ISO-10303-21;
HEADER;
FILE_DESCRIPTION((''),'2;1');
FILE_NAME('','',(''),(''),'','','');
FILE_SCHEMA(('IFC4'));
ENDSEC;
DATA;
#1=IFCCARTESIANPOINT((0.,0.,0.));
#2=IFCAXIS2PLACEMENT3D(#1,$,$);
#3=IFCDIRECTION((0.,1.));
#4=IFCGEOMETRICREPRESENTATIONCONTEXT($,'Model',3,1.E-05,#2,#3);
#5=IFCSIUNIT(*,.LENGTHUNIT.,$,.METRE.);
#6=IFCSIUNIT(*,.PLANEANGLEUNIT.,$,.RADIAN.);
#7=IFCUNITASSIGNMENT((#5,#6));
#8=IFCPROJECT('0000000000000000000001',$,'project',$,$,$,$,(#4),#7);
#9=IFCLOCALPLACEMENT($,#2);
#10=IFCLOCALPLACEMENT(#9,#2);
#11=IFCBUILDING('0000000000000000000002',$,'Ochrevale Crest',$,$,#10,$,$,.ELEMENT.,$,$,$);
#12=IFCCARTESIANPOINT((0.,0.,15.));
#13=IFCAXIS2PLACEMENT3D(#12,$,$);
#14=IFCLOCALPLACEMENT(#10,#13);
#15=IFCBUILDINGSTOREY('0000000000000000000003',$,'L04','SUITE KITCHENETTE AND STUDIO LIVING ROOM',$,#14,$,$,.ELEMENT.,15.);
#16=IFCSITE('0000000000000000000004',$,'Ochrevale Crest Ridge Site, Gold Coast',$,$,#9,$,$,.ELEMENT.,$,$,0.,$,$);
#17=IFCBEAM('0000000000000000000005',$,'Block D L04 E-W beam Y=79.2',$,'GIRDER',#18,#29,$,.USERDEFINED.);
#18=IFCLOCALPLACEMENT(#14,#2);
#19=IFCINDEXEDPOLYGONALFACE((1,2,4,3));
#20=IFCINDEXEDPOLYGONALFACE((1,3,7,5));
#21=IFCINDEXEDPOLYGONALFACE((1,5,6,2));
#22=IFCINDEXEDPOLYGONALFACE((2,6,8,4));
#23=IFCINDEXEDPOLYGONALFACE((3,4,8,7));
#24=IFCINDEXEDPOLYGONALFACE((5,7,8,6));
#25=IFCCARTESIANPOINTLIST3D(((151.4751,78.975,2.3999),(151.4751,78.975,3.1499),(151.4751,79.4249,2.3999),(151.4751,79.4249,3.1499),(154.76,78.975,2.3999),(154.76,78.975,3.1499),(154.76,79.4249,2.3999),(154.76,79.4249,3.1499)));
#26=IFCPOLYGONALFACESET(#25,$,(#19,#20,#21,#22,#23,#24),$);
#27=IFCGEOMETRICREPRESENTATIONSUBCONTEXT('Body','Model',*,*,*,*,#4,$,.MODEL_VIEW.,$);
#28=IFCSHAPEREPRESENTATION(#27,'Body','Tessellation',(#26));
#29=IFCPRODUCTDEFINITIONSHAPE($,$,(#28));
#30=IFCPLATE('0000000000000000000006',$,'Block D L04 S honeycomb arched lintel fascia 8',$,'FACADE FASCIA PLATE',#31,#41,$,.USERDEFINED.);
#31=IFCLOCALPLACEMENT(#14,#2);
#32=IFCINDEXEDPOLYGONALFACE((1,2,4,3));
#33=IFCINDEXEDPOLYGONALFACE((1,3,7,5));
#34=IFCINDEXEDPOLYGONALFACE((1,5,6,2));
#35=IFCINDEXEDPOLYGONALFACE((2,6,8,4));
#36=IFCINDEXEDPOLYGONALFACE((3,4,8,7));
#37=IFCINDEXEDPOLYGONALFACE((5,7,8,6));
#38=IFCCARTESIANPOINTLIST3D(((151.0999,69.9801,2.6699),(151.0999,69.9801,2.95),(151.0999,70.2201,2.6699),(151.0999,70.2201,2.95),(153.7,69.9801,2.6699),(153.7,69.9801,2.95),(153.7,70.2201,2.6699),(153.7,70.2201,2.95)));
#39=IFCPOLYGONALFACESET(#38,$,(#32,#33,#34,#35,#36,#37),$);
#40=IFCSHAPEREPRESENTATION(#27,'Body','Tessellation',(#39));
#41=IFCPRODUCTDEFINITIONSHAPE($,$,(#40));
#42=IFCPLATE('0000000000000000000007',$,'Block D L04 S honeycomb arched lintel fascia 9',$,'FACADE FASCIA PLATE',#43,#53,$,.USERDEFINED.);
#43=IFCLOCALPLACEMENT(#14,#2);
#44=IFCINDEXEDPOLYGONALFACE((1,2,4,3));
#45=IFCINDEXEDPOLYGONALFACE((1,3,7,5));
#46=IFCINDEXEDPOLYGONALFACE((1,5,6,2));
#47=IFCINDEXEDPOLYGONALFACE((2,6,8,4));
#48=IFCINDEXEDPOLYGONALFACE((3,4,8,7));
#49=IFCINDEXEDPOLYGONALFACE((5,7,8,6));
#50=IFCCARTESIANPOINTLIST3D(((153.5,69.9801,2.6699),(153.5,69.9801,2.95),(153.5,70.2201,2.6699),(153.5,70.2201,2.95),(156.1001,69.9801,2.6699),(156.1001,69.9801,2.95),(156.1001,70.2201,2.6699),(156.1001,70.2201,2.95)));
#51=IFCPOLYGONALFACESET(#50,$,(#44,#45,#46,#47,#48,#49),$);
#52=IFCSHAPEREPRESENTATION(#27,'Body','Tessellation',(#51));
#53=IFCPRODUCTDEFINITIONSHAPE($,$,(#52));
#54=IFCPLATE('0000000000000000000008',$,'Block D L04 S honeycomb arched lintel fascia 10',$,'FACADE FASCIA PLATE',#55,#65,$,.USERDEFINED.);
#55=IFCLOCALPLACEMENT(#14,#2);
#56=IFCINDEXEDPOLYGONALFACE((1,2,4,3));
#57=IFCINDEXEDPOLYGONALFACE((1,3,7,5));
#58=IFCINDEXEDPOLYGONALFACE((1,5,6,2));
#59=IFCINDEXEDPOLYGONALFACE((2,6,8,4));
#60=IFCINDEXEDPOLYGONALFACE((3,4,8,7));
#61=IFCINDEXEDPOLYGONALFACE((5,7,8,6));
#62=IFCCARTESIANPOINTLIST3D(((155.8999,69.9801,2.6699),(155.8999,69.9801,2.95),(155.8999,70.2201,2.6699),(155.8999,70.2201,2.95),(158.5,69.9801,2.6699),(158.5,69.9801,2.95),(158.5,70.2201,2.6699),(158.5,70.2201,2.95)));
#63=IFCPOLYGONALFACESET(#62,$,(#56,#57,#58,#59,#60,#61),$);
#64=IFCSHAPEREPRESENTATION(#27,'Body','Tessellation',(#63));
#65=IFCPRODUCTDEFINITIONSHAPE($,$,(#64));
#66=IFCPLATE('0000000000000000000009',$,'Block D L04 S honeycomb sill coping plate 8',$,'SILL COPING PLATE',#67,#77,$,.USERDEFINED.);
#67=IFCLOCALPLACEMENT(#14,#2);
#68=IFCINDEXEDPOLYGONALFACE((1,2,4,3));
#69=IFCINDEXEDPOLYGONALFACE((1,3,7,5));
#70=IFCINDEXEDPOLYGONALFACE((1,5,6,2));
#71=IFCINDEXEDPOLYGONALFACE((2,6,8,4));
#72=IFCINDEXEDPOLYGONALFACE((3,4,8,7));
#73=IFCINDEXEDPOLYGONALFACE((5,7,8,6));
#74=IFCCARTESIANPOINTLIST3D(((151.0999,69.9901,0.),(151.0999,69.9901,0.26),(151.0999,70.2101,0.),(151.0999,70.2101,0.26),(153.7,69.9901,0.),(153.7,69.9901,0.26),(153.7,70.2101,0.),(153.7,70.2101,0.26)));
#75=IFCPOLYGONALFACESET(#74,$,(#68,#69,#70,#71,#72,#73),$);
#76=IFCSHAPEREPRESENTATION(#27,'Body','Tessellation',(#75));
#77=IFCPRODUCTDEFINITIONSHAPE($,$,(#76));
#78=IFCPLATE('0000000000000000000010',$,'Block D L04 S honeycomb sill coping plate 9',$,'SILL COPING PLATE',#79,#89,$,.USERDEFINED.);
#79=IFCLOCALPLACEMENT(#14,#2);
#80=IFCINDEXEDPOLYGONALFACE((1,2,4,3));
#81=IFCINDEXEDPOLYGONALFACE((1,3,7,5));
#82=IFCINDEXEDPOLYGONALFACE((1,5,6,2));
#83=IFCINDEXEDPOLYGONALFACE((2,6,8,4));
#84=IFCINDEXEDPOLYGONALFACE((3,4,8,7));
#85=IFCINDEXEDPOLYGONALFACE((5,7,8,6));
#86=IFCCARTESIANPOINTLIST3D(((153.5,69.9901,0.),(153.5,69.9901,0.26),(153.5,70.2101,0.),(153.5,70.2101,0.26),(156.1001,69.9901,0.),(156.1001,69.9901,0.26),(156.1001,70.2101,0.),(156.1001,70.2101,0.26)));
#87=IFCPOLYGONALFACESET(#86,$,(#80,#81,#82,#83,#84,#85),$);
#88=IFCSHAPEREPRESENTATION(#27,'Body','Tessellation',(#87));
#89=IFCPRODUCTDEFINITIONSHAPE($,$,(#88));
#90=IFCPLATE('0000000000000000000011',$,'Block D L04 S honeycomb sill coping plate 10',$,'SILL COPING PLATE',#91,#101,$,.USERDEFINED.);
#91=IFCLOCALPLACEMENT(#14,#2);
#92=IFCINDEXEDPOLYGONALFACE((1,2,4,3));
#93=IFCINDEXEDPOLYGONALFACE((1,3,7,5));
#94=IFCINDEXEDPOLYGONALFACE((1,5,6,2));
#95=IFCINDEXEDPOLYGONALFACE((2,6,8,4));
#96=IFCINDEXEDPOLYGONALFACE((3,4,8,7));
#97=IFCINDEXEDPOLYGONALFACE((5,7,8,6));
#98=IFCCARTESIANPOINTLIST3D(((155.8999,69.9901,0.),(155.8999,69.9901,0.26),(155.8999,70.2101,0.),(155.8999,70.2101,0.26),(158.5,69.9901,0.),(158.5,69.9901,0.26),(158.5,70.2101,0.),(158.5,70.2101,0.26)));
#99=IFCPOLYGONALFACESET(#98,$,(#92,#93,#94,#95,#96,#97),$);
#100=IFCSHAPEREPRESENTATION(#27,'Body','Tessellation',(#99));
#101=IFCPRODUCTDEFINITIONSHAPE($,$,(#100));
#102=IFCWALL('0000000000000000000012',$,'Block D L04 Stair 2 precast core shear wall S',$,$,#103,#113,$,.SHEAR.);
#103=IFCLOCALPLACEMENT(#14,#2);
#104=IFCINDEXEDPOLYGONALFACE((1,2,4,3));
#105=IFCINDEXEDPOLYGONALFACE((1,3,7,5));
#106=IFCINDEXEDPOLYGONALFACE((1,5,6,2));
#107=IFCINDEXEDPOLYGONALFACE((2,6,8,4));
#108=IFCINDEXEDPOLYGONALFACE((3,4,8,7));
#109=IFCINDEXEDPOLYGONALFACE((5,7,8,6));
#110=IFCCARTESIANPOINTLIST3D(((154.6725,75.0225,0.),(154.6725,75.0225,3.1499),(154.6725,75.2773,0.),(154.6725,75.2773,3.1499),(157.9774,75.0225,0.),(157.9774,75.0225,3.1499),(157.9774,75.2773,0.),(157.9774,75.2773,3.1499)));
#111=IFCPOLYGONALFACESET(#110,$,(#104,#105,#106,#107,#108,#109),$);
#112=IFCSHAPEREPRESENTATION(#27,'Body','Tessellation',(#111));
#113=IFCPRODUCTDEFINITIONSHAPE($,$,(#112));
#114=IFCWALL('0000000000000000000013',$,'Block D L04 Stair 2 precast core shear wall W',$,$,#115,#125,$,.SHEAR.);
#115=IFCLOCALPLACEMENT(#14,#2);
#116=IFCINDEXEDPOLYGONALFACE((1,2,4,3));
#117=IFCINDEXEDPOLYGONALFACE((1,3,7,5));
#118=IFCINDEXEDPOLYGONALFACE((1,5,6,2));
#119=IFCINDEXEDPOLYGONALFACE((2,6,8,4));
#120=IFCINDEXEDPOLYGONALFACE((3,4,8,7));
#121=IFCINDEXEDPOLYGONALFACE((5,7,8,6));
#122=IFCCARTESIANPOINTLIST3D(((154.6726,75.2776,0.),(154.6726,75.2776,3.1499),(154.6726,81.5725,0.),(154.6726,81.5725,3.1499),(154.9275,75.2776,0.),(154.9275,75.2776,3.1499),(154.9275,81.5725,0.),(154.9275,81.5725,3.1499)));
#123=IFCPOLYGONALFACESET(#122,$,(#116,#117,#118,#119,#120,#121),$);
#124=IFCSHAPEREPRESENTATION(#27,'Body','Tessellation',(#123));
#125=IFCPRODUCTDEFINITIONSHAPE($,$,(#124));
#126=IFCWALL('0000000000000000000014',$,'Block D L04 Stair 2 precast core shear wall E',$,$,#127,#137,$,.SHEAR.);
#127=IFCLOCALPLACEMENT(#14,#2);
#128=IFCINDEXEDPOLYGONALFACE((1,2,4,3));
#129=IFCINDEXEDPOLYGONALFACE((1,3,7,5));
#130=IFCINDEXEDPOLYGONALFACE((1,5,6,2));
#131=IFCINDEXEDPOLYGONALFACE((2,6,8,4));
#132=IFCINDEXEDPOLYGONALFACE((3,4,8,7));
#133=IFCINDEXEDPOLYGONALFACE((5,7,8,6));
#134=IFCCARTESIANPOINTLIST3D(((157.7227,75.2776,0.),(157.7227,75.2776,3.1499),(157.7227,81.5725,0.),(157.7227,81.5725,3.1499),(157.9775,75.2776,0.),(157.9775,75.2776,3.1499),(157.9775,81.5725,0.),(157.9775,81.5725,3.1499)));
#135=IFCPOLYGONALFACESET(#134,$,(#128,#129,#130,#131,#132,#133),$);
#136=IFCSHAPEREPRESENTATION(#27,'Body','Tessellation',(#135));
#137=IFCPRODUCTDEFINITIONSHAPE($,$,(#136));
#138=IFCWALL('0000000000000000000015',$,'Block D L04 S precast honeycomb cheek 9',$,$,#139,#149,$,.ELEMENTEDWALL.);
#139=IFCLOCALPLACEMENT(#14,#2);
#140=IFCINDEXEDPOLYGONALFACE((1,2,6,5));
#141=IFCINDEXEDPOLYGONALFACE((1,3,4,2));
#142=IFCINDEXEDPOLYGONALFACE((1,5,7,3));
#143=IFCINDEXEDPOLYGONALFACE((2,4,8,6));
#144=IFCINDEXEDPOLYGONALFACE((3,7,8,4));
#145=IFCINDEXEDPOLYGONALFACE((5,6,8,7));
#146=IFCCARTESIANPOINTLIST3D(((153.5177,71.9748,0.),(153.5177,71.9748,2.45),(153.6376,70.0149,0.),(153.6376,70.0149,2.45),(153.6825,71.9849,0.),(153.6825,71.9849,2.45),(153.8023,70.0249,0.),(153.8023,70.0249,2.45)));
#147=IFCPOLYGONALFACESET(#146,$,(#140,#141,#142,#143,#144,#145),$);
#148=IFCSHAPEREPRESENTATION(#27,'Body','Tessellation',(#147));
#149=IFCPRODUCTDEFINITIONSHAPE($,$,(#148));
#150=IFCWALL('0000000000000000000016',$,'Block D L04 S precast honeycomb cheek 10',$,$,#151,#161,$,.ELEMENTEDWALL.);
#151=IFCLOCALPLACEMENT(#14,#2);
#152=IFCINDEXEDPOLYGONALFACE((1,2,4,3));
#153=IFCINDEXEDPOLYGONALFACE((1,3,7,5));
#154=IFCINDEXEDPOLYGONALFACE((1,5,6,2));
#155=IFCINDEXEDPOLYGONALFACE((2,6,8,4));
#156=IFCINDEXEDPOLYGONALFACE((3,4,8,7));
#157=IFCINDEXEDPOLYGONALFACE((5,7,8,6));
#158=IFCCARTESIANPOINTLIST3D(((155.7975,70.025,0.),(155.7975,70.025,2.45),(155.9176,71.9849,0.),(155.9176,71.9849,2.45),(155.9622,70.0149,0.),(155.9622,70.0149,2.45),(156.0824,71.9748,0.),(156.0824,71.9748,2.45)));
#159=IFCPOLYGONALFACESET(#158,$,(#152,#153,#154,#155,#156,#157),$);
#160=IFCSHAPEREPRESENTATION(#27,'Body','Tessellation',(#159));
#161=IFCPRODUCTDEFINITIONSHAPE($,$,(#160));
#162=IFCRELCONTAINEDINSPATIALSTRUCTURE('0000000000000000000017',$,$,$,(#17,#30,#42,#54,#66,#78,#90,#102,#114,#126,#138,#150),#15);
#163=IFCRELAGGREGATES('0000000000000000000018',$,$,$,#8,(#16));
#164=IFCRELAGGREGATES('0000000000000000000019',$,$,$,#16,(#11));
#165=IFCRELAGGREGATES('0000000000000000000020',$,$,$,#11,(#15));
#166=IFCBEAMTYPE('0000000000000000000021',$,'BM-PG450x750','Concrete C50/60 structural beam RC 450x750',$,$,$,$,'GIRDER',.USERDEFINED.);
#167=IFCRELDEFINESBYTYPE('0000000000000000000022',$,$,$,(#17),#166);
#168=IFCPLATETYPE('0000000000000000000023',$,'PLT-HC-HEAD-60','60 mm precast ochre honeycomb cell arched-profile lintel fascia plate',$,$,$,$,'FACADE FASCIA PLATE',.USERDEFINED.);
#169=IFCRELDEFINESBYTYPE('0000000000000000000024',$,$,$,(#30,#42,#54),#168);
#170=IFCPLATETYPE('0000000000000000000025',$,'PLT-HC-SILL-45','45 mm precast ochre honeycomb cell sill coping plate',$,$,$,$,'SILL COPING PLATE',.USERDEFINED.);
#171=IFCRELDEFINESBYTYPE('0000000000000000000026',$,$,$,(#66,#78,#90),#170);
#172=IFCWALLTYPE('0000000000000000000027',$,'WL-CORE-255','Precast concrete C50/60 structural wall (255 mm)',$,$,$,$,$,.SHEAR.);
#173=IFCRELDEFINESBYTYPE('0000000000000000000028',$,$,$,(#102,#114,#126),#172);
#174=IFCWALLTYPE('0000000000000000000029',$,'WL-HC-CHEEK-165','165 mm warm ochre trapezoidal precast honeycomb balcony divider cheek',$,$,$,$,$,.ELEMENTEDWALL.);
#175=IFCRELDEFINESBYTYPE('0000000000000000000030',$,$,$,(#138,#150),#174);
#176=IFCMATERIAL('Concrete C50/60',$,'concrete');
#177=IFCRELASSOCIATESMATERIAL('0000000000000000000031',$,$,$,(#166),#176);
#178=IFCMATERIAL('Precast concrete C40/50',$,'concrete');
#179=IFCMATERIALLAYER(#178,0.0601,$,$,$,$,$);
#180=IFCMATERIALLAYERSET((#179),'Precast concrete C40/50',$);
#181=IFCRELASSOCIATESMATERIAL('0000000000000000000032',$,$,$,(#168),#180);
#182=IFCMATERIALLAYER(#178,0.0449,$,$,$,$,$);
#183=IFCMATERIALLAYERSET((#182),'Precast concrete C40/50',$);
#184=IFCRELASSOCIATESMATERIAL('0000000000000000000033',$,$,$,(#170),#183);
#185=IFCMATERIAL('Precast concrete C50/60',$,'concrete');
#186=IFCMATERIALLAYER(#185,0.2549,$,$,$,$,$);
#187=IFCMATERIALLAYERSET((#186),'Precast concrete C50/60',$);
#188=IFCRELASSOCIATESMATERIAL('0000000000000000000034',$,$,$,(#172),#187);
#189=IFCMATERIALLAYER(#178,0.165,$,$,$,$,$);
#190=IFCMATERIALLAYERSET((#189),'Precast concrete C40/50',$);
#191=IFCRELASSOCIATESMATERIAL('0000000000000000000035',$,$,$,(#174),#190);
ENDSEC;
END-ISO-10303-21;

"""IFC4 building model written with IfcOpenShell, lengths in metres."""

from ifc_helpers import new_model, si_unit, direction, frame, frame_2d, origin, origin_2d, place, context, subcontext, project, spatial, rectangle, extrude, material, layer, layer_set, material_profile, profile_set, type_object, element, save


model = new_model("IFC4")

# Units and contexts
model_context = context("Model", 3, precision=1e-05, world=origin(), true_north=direction((0.0, 1.0)))
body_context = subcontext(model_context, "Body", "Model", "MODEL_VIEW")
ifc_project = project(units=[si_unit("LENGTHUNIT", "METRE"), si_unit("PLANEANGLEUNIT", "RADIAN")], contexts=[model_context])

# Site, building, storey
site_placement = place(None, origin())
site = spatial("IfcSite", under=ifc_project, at=site_placement, Name="Ochrevale Crest Ridge Site, Gold Coast", CompositionType="ELEMENT", RefElevation=0.0)
building_placement = place(site_placement, origin())
building = spatial("IfcBuilding", under=site, at=building_placement, Name="Ochrevale Crest", CompositionType="ELEMENT")
storey_placement = place(building_placement, frame((0.0, 0.0, 15.0)))
storey = spatial("IfcBuildingStorey", under=building, at=storey_placement, Name="L04", Description="SUITE KITCHENETTE AND STUDIO LIVING ROOM", CompositionType="ELEMENT", Elevation=15.0)

# Beam
ifc_material_1 = material(Name="Concrete C50/60", Category="concrete")
ifc_material_profile = material_profile(ifc_material_1, rectangle(XDim=0.45, YDim=0.75, at=origin_2d()), Name="RC 450x750")
ifc_profile_set = profile_set([ifc_material_profile], Name="Concrete C50/60")
beam_type = type_object("IfcBeamType", Name="BM-PG450x750", Description="Concrete C50/60 structural beam RC 450x750", ElementType="GIRDER", PredefinedType="USERDEFINED", material=ifc_profile_set)
beam_placement = place(storey_placement, frame((151.4751, 79.2, 2.7749), z_axis=(1.0, 0.0, 0.0), x_axis=(0.0, 1.0, 0.0)))
element("IfcBeam", 1, at=beam_placement, inside=storey, type_object=beam_type, Name="Block D L04 E-W beam Y=79.2", ObjectType="GIRDER", PredefinedType="USERDEFINED", context=body_context, shape_type="SweptSolid", body=[
    extrude(rectangle(XDim=0.45, YDim=0.75, at=origin_2d()), origin(), (0.0, 0.0, 1.0), 3.2849),
])

# Plates
ifc_material_2 = material(Name="Precast concrete C40/50", Category="concrete")
ifc_layer_1 = layer(ifc_material_2, 0.0601)
ifc_layer_set_1 = layer_set([ifc_layer_1], Name="Precast concrete C40/50")
plate_type_1 = type_object("IfcPlateType", Name="PLT-HC-HEAD-60", Description="60 mm precast ochre honeycomb cell arched-profile lintel fascia plate", ElementType="FACADE FASCIA PLATE", PredefinedType="USERDEFINED", material=ifc_layer_set_1)
for number, where, z_axis, x_axis, name in (
    (2, (152.3999, 70.1001, 2.6699), (0.0, 0.0, 1.0), (1.0, 0.0, 0.0), "Block D L04 S honeycomb arched lintel fascia 8"),
    (3, (154.8, 70.1001, 2.6699), (0.0, 0.0, 1.0), (1.0, 0.0, 0.0), "Block D L04 S honeycomb arched lintel fascia 9"),
    (4, (157.2, 70.1001, 2.6699), (0.0, 0.0, 1.0), (1.0, 0.0, 0.0), "Block D L04 S honeycomb arched lintel fascia 10"),
):
    element("IfcPlate", number, at=place(storey_placement, frame(where, z_axis=z_axis, x_axis=x_axis)), inside=storey, type_object=plate_type_1, Name=name, ObjectType="FACADE FASCIA PLATE", PredefinedType="USERDEFINED", context=body_context, shape_type="SweptSolid", body=[
        extrude(rectangle(XDim=2.6001, YDim=0.24, at=origin_2d()), origin(), (0.0, 0.0, 1.0), 0.28),
    ])
ifc_layer_2 = layer(ifc_material_2, 0.0449)
ifc_layer_set_2 = layer_set([ifc_layer_2], Name="Precast concrete C40/50")
plate_type_2 = type_object("IfcPlateType", Name="PLT-HC-SILL-45", Description="45 mm precast ochre honeycomb cell sill coping plate", ElementType="SILL COPING PLATE", PredefinedType="USERDEFINED", material=ifc_layer_set_2)
for number, where, z_axis, x_axis, name in (
    (5, (152.3999, 70.1001, 0.0), (0.0, 0.0, 1.0), (1.0, 0.0, 0.0), "Block D L04 S honeycomb sill coping plate 8"),
    (6, (154.8, 70.1001, 0.0), (0.0, 0.0, 1.0), (1.0, 0.0, 0.0), "Block D L04 S honeycomb sill coping plate 9"),
    (7, (157.2, 70.1001, 0.0), (0.0, 0.0, 1.0), (1.0, 0.0, 0.0), "Block D L04 S honeycomb sill coping plate 10"),
):
    element("IfcPlate", number, at=place(storey_placement, frame(where, z_axis=z_axis, x_axis=x_axis)), inside=storey, type_object=plate_type_2, Name=name, ObjectType="SILL COPING PLATE", PredefinedType="USERDEFINED", context=body_context, shape_type="SweptSolid", body=[
        extrude(rectangle(XDim=2.6001, YDim=0.22, at=origin_2d()), origin(), (0.0, 0.0, 1.0), 0.26),
    ])

# Walls
ifc_material_3 = material(Name="Precast concrete C50/60", Category="concrete")
ifc_layer_3 = layer(ifc_material_3, 0.2549)
ifc_layer_set_3 = layer_set([ifc_layer_3], Name="Precast concrete C50/60")
wall_type_1 = type_object("IfcWallType", Name="WL-CORE-255", Description="Precast concrete C50/60 structural wall (255 mm)", PredefinedType="SHEAR", material=ifc_layer_set_3)
wall_1_placement = place(storey_placement, frame((154.6726, 75.1499, 0.0), z_axis=(0.0, 0.0, 1.0), x_axis=(1.0, 0.0, 0.0)))
element("IfcWall", 8, at=wall_1_placement, inside=storey, type_object=wall_type_1, Name="Block D L04 Stair 2 precast core shear wall S", PredefinedType="SHEAR", context=body_context, shape_type="SweptSolid", body=[
    extrude(rectangle(XDim=3.3049, YDim=0.2549, at=frame_2d((1.6523, 0.0))), origin(), (0.0, 0.0, 1.0), 3.1499),
])
for number, where, z_axis, x_axis, name in (
    (9, (154.8, 75.2776, 0.0), (0.0, 0.0, 1.0), (0.0, 1.0, 0.0), "Block D L04 Stair 2 precast core shear wall W"),
    (10, (157.8501, 75.2776, 0.0), (0.0, 0.0, 1.0), (0.0, 1.0, 0.0), "Block D L04 Stair 2 precast core shear wall E"),
):
    element("IfcWall", number, at=place(storey_placement, frame(where, z_axis=z_axis, x_axis=x_axis)), inside=storey, type_object=wall_type_1, Name=name, PredefinedType="SHEAR", context=body_context, shape_type="SweptSolid", body=[
        extrude(rectangle(XDim=6.2949, YDim=0.2549, at=frame_2d((3.1475, 0.0))), origin(), (0.0, 0.0, 1.0), 3.1499),
    ])
ifc_layer_4 = layer(ifc_material_2, 0.165)
ifc_layer_set_4 = layer_set([ifc_layer_4], Name="Precast concrete C40/50")
wall_type_2 = type_object("IfcWallType", Name="WL-HC-CHEEK-165", Description="165 mm warm ochre trapezoidal precast honeycomb balcony divider cheek", PredefinedType="ELEMENTEDWALL", material=ifc_layer_set_4)
for number, where, z_axis, x_axis, name in (
    (11, (153.6001, 71.98, 0.0), (0.0, 0.0, 1.0), (0.061047, -0.998135, 0.0), "Block D L04 S precast honeycomb cheek 9"),
    (12, (156.0, 71.98, 0.0), (0.0, 0.0, 1.0), (-0.061171, -0.998127, 0.0), "Block D L04 S precast honeycomb cheek 10"),
):
    element("IfcWall", number, at=place(storey_placement, frame(where, z_axis=z_axis, x_axis=x_axis)), inside=storey, type_object=wall_type_2, Name=name, PredefinedType="ELEMENTEDWALL", context=body_context, shape_type="SweptSolid", body=[
        extrude(rectangle(XDim=1.9636, YDim=0.165, at=frame_2d((0.9819, 0.0))), origin(), (0.0, 0.0, 1.0), 2.45),
    ])

save(model, "model.ifc")
